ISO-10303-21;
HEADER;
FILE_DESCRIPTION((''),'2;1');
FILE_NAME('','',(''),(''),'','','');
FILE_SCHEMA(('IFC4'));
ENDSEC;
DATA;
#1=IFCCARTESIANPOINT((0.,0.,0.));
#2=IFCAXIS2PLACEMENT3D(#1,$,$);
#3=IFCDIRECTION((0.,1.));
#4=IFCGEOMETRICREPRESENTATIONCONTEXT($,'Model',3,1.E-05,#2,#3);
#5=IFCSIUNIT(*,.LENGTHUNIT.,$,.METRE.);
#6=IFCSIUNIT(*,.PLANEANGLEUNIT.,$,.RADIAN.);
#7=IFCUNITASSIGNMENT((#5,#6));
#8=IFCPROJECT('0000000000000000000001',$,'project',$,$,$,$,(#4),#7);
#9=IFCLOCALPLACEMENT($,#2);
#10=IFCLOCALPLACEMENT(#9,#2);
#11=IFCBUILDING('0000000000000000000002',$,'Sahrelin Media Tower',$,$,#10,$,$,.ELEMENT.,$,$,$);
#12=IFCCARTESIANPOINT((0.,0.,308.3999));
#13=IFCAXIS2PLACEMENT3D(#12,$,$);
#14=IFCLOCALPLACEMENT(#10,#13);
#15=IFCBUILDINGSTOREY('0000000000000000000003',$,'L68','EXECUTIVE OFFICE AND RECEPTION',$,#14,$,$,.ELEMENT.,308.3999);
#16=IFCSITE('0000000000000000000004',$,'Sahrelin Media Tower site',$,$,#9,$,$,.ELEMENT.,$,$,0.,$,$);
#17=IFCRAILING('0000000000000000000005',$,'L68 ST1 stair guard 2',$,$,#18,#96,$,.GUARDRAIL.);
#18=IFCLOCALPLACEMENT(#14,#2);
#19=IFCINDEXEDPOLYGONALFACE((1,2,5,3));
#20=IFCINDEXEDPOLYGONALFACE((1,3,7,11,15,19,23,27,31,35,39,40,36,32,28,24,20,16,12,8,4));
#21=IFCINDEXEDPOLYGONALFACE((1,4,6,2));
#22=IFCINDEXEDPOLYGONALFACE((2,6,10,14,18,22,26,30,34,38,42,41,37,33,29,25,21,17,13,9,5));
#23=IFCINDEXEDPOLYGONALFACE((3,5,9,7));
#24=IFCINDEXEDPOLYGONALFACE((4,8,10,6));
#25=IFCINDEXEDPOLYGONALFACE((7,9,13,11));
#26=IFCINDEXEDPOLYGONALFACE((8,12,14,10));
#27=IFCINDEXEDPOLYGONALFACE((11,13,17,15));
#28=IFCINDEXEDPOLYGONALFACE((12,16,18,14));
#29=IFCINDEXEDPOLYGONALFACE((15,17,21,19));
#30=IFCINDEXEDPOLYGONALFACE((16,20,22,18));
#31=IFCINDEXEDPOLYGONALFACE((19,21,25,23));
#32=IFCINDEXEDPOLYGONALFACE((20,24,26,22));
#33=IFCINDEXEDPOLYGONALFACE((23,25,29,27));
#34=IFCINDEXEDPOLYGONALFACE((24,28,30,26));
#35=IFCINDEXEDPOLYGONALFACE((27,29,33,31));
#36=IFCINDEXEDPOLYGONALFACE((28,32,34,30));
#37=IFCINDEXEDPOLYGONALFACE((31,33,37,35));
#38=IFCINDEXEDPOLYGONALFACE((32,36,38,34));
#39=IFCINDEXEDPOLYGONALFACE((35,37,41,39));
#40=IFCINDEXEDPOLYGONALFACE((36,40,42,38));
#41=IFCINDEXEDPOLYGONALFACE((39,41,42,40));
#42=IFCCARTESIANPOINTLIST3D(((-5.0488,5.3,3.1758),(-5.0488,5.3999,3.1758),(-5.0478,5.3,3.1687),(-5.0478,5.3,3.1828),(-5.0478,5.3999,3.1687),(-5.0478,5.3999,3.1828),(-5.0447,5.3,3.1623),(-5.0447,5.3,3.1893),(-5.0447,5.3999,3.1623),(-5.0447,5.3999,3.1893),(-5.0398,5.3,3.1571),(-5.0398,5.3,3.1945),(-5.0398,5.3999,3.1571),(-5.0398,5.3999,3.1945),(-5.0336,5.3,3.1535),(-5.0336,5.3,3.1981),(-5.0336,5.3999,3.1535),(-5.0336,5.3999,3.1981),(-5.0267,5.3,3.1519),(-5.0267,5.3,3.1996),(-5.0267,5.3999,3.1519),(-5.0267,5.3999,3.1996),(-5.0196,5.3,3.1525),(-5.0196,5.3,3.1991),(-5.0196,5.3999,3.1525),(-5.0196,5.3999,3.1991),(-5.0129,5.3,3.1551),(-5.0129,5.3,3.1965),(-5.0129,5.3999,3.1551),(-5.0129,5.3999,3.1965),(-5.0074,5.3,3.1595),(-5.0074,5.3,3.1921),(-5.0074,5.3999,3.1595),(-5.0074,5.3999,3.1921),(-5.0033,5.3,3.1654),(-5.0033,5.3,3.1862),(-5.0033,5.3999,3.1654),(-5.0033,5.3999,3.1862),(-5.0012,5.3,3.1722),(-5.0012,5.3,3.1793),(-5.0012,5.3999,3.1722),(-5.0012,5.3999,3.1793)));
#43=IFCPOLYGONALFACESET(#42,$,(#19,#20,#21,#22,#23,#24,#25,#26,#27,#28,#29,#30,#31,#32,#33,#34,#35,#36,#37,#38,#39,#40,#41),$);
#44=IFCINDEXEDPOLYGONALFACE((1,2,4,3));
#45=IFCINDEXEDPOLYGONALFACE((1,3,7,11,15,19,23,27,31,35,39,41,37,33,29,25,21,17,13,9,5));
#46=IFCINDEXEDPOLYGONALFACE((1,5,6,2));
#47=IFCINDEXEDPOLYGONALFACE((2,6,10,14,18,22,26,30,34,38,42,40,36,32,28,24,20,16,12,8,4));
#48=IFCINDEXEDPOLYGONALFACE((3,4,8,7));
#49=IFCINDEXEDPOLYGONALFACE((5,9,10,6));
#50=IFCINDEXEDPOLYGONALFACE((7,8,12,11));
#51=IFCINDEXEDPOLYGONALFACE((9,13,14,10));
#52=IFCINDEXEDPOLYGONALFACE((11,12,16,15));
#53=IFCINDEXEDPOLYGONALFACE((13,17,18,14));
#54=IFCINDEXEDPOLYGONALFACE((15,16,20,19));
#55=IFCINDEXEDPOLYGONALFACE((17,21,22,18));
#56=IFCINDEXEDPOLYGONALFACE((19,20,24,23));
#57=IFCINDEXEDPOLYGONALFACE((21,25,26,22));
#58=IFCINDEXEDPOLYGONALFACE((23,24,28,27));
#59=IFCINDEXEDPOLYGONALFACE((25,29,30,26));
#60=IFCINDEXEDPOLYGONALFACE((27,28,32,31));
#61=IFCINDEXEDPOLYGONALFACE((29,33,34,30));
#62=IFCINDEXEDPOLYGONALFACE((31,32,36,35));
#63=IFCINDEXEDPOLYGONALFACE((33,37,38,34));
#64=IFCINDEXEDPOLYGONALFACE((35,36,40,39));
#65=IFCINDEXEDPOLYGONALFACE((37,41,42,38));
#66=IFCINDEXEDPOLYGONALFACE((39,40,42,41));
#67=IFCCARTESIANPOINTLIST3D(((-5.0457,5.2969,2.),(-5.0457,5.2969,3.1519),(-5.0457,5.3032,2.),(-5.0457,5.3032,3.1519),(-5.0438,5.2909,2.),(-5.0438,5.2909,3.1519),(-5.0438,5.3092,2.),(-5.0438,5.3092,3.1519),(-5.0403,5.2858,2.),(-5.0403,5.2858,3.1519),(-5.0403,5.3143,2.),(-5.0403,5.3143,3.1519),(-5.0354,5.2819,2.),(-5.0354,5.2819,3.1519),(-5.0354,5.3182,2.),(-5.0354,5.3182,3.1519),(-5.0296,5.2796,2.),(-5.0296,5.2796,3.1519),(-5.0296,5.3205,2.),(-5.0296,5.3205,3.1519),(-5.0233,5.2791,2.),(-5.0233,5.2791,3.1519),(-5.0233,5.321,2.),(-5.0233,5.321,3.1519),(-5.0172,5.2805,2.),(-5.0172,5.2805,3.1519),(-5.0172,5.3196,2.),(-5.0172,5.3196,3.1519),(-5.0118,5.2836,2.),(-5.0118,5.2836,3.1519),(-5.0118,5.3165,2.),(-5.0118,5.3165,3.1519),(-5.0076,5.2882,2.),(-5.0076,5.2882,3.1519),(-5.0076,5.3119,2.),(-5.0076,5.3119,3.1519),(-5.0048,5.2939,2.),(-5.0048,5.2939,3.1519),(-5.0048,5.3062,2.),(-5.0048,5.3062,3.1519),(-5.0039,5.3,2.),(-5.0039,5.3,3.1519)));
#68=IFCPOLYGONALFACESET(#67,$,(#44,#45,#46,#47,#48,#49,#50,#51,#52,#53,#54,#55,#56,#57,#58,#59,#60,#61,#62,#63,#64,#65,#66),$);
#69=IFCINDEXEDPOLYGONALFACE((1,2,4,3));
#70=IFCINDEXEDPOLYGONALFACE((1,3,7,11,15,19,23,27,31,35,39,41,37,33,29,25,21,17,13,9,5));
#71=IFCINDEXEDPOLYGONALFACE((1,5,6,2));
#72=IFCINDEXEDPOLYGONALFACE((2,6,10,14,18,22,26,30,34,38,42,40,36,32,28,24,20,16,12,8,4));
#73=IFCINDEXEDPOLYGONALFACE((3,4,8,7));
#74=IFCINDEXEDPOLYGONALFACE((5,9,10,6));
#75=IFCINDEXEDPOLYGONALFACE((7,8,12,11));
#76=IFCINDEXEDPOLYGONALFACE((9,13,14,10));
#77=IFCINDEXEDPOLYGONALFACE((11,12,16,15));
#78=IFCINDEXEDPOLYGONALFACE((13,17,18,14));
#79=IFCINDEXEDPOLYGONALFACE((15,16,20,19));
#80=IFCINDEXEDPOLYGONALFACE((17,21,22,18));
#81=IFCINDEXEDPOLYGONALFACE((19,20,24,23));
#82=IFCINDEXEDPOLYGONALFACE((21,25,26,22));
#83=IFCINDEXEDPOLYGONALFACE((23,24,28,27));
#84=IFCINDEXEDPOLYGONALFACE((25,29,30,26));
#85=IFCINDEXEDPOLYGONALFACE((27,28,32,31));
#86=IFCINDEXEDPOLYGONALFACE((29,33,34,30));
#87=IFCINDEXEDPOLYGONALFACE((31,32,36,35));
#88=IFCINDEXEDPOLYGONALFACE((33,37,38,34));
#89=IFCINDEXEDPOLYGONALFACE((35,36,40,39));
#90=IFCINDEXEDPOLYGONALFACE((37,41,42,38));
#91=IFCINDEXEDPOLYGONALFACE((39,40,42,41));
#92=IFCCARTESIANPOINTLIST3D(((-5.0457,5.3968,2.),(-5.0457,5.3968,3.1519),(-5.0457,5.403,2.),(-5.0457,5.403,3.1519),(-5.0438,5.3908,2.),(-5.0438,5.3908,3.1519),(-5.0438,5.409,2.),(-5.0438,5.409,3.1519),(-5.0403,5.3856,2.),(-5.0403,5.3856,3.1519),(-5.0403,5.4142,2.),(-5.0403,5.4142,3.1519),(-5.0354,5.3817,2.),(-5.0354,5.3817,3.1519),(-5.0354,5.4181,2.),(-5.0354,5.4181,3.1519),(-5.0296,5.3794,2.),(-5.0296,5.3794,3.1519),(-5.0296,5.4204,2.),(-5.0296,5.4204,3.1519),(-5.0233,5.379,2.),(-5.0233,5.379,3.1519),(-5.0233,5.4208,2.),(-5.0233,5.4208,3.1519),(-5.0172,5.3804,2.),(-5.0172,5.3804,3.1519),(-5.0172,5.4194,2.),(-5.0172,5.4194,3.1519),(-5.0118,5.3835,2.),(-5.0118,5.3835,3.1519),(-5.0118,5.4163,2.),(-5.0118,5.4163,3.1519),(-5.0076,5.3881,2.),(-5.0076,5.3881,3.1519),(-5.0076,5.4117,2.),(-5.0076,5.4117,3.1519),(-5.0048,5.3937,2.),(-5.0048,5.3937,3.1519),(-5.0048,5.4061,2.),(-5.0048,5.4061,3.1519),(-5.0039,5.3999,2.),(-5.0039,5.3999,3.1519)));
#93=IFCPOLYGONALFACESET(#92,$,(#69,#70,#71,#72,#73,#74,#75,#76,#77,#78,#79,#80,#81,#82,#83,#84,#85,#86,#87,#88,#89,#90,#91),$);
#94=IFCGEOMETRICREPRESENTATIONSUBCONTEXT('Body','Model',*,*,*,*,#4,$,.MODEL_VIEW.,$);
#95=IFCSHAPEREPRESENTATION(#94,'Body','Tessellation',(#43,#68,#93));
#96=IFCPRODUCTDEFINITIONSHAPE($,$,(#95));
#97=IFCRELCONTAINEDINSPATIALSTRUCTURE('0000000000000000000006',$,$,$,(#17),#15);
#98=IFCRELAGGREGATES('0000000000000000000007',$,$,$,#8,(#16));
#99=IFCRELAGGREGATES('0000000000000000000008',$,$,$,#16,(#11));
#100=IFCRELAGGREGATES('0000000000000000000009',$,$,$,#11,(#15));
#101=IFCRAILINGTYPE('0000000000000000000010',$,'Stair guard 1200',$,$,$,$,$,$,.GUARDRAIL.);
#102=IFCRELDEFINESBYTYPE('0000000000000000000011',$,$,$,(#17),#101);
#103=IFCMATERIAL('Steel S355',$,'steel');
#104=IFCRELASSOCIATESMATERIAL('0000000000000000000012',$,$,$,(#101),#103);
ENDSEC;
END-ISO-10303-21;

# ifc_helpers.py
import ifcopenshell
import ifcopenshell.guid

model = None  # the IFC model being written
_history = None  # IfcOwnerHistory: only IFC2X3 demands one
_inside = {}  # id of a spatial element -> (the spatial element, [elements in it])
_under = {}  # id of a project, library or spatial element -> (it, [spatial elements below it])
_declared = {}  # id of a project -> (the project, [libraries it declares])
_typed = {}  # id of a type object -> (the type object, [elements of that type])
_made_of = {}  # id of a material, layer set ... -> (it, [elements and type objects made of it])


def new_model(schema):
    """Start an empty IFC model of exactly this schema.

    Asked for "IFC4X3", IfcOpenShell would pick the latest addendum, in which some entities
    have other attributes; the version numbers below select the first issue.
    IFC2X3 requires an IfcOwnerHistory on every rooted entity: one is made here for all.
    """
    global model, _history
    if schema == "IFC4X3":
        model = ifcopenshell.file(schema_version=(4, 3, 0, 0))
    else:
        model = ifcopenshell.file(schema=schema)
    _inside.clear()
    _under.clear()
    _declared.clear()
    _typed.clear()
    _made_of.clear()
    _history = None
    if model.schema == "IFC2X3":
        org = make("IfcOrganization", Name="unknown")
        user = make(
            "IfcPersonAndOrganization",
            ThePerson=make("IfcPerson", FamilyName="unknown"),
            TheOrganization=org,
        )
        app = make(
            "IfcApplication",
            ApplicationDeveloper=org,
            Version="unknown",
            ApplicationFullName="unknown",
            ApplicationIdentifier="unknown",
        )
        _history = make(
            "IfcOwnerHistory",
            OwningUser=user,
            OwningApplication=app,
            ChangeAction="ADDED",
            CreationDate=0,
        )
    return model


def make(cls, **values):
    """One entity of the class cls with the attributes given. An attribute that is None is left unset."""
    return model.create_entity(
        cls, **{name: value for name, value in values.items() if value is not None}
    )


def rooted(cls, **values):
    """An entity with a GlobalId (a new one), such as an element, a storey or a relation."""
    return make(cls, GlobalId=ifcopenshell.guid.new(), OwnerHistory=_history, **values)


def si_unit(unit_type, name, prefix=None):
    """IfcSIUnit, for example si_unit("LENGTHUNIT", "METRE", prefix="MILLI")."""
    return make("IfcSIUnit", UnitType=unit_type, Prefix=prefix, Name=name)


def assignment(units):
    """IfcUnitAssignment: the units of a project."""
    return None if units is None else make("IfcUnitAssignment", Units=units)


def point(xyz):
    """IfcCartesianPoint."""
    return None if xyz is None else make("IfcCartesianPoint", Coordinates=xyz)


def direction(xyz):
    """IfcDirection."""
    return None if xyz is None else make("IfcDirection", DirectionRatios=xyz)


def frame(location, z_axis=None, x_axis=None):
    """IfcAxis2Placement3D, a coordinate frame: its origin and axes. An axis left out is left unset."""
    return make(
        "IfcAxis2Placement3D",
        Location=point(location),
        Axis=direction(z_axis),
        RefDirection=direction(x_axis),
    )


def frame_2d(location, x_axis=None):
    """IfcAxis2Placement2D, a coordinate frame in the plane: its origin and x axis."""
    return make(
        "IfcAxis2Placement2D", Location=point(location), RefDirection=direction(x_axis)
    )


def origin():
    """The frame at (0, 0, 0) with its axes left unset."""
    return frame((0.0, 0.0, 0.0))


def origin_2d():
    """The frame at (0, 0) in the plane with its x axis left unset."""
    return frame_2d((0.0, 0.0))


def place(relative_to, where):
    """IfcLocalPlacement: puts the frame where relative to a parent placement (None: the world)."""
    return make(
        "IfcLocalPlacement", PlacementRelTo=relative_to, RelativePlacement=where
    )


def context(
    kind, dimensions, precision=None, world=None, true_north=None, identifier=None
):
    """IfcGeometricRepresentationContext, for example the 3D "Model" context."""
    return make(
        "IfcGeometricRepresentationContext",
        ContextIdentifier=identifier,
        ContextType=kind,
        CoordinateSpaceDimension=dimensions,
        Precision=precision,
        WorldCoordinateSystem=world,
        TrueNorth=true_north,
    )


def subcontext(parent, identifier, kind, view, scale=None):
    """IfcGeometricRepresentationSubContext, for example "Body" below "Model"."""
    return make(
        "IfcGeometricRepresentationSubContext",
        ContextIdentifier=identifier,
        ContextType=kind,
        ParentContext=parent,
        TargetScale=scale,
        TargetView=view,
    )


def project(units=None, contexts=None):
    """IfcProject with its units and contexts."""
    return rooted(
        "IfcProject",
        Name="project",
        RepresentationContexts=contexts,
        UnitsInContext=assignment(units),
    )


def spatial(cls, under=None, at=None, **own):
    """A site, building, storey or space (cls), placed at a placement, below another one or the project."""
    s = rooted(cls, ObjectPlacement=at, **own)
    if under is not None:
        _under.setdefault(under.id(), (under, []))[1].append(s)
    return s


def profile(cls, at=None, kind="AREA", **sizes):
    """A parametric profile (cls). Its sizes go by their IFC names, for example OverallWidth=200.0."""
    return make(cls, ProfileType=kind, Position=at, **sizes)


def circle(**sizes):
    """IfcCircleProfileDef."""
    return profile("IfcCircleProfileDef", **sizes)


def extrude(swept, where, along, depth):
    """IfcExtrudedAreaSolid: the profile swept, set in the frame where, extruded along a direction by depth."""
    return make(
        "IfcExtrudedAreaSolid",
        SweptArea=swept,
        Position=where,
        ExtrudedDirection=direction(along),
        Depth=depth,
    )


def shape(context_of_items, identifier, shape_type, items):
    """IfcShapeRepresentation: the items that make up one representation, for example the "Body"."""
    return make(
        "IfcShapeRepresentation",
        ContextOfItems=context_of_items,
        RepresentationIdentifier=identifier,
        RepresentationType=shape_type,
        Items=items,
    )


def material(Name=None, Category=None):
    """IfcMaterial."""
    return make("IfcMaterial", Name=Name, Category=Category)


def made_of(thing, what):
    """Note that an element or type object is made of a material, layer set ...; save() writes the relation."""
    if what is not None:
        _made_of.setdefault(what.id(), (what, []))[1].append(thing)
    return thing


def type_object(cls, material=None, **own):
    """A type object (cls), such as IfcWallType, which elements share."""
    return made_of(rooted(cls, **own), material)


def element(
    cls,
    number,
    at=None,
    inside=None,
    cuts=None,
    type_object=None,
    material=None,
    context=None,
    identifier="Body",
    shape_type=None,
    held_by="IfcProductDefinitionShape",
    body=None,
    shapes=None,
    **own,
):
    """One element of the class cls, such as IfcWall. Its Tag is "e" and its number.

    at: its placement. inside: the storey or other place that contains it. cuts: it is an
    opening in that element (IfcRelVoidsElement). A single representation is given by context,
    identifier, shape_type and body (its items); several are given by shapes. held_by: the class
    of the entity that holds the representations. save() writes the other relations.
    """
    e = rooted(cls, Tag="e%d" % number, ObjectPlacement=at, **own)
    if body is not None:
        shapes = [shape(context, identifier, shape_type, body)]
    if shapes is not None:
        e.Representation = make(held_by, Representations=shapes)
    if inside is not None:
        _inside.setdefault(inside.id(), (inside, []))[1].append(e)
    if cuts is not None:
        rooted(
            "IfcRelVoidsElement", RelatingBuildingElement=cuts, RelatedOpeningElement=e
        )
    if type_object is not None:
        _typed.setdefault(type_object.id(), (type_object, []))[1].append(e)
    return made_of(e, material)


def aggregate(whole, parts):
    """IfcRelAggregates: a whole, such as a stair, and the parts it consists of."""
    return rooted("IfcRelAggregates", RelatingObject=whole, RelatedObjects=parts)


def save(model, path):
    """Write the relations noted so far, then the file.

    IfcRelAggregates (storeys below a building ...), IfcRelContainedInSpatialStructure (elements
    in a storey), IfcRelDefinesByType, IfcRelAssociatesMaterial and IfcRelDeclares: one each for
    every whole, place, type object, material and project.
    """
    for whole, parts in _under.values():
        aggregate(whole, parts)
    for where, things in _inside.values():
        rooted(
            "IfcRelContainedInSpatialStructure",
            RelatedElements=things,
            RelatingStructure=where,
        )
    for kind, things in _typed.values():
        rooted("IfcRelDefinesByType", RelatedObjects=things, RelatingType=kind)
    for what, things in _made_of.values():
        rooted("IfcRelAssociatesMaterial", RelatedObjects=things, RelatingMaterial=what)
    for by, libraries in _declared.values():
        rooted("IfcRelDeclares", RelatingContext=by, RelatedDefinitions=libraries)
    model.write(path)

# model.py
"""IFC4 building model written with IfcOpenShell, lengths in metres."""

from ifc_helpers import new_model, si_unit, direction, frame, origin, origin_2d, place, context, subcontext, project, spatial, circle, extrude, material, type_object, element, save


model = new_model("IFC4")

# Units and contexts
model_context = context("Model", 3, precision=1e-05, world=origin(), true_north=direction((0.0, 1.0)))
body_context = subcontext(model_context, "Body", "Model", "MODEL_VIEW")
ifc_project = project(units=[si_unit("LENGTHUNIT", "METRE"), si_unit("PLANEANGLEUNIT", "RADIAN")], contexts=[model_context])

# Site, building, storey
site_placement = place(None, origin())
site = spatial("IfcSite", under=ifc_project, at=site_placement, Name="Sahrelin Media Tower site", CompositionType="ELEMENT", RefElevation=0.0)
building_placement = place(site_placement, origin())
building = spatial("IfcBuilding", under=site, at=building_placement, Name="Sahrelin Media Tower", CompositionType="ELEMENT")
storey_placement = place(building_placement, frame((0.0, 0.0, 308.3999)))
storey = spatial("IfcBuildingStorey", under=building, at=storey_placement, Name="L68", Description="EXECUTIVE OFFICE AND RECEPTION", CompositionType="ELEMENT", Elevation=308.3999)

# Shared definitions
ifc_material_1 = material(Name="Steel S355", Category="steel")

# Railing
railing_type_1 = type_object("IfcRailingType", Name="Stair guard 1200", PredefinedType="GUARDRAIL", material=ifc_material_1)
railing_1_placement = place(storey_placement, frame((-5.0249, 5.3, 2.0)))
element("IfcRailing", 1, at=railing_1_placement, inside=storey, type_object=railing_type_1, Name="L68 ST1 stair guard 2", PredefinedType="GUARDRAIL", context=body_context, shape_type="SweptSolid", body=[
    extrude(circle(Radius=0.0239, at=origin_2d()), frame((0.0, 0.0, 1.1758), z_axis=(0.0, 1.0, 0.0), x_axis=(-1.0, 0.0, 0.0)), (0.0, 0.0, 1.0), 0.0999),
    extrude(circle(Radius=0.021, at=origin_2d()), origin(), (0.0, 0.0, 1.0), 1.1519),
    extrude(circle(Radius=0.021, at=origin_2d()), frame((0.0, 0.0999, 0.0)), (0.0, 0.0, 1.0), 1.1519),
])

save(model, "model.ifc")
